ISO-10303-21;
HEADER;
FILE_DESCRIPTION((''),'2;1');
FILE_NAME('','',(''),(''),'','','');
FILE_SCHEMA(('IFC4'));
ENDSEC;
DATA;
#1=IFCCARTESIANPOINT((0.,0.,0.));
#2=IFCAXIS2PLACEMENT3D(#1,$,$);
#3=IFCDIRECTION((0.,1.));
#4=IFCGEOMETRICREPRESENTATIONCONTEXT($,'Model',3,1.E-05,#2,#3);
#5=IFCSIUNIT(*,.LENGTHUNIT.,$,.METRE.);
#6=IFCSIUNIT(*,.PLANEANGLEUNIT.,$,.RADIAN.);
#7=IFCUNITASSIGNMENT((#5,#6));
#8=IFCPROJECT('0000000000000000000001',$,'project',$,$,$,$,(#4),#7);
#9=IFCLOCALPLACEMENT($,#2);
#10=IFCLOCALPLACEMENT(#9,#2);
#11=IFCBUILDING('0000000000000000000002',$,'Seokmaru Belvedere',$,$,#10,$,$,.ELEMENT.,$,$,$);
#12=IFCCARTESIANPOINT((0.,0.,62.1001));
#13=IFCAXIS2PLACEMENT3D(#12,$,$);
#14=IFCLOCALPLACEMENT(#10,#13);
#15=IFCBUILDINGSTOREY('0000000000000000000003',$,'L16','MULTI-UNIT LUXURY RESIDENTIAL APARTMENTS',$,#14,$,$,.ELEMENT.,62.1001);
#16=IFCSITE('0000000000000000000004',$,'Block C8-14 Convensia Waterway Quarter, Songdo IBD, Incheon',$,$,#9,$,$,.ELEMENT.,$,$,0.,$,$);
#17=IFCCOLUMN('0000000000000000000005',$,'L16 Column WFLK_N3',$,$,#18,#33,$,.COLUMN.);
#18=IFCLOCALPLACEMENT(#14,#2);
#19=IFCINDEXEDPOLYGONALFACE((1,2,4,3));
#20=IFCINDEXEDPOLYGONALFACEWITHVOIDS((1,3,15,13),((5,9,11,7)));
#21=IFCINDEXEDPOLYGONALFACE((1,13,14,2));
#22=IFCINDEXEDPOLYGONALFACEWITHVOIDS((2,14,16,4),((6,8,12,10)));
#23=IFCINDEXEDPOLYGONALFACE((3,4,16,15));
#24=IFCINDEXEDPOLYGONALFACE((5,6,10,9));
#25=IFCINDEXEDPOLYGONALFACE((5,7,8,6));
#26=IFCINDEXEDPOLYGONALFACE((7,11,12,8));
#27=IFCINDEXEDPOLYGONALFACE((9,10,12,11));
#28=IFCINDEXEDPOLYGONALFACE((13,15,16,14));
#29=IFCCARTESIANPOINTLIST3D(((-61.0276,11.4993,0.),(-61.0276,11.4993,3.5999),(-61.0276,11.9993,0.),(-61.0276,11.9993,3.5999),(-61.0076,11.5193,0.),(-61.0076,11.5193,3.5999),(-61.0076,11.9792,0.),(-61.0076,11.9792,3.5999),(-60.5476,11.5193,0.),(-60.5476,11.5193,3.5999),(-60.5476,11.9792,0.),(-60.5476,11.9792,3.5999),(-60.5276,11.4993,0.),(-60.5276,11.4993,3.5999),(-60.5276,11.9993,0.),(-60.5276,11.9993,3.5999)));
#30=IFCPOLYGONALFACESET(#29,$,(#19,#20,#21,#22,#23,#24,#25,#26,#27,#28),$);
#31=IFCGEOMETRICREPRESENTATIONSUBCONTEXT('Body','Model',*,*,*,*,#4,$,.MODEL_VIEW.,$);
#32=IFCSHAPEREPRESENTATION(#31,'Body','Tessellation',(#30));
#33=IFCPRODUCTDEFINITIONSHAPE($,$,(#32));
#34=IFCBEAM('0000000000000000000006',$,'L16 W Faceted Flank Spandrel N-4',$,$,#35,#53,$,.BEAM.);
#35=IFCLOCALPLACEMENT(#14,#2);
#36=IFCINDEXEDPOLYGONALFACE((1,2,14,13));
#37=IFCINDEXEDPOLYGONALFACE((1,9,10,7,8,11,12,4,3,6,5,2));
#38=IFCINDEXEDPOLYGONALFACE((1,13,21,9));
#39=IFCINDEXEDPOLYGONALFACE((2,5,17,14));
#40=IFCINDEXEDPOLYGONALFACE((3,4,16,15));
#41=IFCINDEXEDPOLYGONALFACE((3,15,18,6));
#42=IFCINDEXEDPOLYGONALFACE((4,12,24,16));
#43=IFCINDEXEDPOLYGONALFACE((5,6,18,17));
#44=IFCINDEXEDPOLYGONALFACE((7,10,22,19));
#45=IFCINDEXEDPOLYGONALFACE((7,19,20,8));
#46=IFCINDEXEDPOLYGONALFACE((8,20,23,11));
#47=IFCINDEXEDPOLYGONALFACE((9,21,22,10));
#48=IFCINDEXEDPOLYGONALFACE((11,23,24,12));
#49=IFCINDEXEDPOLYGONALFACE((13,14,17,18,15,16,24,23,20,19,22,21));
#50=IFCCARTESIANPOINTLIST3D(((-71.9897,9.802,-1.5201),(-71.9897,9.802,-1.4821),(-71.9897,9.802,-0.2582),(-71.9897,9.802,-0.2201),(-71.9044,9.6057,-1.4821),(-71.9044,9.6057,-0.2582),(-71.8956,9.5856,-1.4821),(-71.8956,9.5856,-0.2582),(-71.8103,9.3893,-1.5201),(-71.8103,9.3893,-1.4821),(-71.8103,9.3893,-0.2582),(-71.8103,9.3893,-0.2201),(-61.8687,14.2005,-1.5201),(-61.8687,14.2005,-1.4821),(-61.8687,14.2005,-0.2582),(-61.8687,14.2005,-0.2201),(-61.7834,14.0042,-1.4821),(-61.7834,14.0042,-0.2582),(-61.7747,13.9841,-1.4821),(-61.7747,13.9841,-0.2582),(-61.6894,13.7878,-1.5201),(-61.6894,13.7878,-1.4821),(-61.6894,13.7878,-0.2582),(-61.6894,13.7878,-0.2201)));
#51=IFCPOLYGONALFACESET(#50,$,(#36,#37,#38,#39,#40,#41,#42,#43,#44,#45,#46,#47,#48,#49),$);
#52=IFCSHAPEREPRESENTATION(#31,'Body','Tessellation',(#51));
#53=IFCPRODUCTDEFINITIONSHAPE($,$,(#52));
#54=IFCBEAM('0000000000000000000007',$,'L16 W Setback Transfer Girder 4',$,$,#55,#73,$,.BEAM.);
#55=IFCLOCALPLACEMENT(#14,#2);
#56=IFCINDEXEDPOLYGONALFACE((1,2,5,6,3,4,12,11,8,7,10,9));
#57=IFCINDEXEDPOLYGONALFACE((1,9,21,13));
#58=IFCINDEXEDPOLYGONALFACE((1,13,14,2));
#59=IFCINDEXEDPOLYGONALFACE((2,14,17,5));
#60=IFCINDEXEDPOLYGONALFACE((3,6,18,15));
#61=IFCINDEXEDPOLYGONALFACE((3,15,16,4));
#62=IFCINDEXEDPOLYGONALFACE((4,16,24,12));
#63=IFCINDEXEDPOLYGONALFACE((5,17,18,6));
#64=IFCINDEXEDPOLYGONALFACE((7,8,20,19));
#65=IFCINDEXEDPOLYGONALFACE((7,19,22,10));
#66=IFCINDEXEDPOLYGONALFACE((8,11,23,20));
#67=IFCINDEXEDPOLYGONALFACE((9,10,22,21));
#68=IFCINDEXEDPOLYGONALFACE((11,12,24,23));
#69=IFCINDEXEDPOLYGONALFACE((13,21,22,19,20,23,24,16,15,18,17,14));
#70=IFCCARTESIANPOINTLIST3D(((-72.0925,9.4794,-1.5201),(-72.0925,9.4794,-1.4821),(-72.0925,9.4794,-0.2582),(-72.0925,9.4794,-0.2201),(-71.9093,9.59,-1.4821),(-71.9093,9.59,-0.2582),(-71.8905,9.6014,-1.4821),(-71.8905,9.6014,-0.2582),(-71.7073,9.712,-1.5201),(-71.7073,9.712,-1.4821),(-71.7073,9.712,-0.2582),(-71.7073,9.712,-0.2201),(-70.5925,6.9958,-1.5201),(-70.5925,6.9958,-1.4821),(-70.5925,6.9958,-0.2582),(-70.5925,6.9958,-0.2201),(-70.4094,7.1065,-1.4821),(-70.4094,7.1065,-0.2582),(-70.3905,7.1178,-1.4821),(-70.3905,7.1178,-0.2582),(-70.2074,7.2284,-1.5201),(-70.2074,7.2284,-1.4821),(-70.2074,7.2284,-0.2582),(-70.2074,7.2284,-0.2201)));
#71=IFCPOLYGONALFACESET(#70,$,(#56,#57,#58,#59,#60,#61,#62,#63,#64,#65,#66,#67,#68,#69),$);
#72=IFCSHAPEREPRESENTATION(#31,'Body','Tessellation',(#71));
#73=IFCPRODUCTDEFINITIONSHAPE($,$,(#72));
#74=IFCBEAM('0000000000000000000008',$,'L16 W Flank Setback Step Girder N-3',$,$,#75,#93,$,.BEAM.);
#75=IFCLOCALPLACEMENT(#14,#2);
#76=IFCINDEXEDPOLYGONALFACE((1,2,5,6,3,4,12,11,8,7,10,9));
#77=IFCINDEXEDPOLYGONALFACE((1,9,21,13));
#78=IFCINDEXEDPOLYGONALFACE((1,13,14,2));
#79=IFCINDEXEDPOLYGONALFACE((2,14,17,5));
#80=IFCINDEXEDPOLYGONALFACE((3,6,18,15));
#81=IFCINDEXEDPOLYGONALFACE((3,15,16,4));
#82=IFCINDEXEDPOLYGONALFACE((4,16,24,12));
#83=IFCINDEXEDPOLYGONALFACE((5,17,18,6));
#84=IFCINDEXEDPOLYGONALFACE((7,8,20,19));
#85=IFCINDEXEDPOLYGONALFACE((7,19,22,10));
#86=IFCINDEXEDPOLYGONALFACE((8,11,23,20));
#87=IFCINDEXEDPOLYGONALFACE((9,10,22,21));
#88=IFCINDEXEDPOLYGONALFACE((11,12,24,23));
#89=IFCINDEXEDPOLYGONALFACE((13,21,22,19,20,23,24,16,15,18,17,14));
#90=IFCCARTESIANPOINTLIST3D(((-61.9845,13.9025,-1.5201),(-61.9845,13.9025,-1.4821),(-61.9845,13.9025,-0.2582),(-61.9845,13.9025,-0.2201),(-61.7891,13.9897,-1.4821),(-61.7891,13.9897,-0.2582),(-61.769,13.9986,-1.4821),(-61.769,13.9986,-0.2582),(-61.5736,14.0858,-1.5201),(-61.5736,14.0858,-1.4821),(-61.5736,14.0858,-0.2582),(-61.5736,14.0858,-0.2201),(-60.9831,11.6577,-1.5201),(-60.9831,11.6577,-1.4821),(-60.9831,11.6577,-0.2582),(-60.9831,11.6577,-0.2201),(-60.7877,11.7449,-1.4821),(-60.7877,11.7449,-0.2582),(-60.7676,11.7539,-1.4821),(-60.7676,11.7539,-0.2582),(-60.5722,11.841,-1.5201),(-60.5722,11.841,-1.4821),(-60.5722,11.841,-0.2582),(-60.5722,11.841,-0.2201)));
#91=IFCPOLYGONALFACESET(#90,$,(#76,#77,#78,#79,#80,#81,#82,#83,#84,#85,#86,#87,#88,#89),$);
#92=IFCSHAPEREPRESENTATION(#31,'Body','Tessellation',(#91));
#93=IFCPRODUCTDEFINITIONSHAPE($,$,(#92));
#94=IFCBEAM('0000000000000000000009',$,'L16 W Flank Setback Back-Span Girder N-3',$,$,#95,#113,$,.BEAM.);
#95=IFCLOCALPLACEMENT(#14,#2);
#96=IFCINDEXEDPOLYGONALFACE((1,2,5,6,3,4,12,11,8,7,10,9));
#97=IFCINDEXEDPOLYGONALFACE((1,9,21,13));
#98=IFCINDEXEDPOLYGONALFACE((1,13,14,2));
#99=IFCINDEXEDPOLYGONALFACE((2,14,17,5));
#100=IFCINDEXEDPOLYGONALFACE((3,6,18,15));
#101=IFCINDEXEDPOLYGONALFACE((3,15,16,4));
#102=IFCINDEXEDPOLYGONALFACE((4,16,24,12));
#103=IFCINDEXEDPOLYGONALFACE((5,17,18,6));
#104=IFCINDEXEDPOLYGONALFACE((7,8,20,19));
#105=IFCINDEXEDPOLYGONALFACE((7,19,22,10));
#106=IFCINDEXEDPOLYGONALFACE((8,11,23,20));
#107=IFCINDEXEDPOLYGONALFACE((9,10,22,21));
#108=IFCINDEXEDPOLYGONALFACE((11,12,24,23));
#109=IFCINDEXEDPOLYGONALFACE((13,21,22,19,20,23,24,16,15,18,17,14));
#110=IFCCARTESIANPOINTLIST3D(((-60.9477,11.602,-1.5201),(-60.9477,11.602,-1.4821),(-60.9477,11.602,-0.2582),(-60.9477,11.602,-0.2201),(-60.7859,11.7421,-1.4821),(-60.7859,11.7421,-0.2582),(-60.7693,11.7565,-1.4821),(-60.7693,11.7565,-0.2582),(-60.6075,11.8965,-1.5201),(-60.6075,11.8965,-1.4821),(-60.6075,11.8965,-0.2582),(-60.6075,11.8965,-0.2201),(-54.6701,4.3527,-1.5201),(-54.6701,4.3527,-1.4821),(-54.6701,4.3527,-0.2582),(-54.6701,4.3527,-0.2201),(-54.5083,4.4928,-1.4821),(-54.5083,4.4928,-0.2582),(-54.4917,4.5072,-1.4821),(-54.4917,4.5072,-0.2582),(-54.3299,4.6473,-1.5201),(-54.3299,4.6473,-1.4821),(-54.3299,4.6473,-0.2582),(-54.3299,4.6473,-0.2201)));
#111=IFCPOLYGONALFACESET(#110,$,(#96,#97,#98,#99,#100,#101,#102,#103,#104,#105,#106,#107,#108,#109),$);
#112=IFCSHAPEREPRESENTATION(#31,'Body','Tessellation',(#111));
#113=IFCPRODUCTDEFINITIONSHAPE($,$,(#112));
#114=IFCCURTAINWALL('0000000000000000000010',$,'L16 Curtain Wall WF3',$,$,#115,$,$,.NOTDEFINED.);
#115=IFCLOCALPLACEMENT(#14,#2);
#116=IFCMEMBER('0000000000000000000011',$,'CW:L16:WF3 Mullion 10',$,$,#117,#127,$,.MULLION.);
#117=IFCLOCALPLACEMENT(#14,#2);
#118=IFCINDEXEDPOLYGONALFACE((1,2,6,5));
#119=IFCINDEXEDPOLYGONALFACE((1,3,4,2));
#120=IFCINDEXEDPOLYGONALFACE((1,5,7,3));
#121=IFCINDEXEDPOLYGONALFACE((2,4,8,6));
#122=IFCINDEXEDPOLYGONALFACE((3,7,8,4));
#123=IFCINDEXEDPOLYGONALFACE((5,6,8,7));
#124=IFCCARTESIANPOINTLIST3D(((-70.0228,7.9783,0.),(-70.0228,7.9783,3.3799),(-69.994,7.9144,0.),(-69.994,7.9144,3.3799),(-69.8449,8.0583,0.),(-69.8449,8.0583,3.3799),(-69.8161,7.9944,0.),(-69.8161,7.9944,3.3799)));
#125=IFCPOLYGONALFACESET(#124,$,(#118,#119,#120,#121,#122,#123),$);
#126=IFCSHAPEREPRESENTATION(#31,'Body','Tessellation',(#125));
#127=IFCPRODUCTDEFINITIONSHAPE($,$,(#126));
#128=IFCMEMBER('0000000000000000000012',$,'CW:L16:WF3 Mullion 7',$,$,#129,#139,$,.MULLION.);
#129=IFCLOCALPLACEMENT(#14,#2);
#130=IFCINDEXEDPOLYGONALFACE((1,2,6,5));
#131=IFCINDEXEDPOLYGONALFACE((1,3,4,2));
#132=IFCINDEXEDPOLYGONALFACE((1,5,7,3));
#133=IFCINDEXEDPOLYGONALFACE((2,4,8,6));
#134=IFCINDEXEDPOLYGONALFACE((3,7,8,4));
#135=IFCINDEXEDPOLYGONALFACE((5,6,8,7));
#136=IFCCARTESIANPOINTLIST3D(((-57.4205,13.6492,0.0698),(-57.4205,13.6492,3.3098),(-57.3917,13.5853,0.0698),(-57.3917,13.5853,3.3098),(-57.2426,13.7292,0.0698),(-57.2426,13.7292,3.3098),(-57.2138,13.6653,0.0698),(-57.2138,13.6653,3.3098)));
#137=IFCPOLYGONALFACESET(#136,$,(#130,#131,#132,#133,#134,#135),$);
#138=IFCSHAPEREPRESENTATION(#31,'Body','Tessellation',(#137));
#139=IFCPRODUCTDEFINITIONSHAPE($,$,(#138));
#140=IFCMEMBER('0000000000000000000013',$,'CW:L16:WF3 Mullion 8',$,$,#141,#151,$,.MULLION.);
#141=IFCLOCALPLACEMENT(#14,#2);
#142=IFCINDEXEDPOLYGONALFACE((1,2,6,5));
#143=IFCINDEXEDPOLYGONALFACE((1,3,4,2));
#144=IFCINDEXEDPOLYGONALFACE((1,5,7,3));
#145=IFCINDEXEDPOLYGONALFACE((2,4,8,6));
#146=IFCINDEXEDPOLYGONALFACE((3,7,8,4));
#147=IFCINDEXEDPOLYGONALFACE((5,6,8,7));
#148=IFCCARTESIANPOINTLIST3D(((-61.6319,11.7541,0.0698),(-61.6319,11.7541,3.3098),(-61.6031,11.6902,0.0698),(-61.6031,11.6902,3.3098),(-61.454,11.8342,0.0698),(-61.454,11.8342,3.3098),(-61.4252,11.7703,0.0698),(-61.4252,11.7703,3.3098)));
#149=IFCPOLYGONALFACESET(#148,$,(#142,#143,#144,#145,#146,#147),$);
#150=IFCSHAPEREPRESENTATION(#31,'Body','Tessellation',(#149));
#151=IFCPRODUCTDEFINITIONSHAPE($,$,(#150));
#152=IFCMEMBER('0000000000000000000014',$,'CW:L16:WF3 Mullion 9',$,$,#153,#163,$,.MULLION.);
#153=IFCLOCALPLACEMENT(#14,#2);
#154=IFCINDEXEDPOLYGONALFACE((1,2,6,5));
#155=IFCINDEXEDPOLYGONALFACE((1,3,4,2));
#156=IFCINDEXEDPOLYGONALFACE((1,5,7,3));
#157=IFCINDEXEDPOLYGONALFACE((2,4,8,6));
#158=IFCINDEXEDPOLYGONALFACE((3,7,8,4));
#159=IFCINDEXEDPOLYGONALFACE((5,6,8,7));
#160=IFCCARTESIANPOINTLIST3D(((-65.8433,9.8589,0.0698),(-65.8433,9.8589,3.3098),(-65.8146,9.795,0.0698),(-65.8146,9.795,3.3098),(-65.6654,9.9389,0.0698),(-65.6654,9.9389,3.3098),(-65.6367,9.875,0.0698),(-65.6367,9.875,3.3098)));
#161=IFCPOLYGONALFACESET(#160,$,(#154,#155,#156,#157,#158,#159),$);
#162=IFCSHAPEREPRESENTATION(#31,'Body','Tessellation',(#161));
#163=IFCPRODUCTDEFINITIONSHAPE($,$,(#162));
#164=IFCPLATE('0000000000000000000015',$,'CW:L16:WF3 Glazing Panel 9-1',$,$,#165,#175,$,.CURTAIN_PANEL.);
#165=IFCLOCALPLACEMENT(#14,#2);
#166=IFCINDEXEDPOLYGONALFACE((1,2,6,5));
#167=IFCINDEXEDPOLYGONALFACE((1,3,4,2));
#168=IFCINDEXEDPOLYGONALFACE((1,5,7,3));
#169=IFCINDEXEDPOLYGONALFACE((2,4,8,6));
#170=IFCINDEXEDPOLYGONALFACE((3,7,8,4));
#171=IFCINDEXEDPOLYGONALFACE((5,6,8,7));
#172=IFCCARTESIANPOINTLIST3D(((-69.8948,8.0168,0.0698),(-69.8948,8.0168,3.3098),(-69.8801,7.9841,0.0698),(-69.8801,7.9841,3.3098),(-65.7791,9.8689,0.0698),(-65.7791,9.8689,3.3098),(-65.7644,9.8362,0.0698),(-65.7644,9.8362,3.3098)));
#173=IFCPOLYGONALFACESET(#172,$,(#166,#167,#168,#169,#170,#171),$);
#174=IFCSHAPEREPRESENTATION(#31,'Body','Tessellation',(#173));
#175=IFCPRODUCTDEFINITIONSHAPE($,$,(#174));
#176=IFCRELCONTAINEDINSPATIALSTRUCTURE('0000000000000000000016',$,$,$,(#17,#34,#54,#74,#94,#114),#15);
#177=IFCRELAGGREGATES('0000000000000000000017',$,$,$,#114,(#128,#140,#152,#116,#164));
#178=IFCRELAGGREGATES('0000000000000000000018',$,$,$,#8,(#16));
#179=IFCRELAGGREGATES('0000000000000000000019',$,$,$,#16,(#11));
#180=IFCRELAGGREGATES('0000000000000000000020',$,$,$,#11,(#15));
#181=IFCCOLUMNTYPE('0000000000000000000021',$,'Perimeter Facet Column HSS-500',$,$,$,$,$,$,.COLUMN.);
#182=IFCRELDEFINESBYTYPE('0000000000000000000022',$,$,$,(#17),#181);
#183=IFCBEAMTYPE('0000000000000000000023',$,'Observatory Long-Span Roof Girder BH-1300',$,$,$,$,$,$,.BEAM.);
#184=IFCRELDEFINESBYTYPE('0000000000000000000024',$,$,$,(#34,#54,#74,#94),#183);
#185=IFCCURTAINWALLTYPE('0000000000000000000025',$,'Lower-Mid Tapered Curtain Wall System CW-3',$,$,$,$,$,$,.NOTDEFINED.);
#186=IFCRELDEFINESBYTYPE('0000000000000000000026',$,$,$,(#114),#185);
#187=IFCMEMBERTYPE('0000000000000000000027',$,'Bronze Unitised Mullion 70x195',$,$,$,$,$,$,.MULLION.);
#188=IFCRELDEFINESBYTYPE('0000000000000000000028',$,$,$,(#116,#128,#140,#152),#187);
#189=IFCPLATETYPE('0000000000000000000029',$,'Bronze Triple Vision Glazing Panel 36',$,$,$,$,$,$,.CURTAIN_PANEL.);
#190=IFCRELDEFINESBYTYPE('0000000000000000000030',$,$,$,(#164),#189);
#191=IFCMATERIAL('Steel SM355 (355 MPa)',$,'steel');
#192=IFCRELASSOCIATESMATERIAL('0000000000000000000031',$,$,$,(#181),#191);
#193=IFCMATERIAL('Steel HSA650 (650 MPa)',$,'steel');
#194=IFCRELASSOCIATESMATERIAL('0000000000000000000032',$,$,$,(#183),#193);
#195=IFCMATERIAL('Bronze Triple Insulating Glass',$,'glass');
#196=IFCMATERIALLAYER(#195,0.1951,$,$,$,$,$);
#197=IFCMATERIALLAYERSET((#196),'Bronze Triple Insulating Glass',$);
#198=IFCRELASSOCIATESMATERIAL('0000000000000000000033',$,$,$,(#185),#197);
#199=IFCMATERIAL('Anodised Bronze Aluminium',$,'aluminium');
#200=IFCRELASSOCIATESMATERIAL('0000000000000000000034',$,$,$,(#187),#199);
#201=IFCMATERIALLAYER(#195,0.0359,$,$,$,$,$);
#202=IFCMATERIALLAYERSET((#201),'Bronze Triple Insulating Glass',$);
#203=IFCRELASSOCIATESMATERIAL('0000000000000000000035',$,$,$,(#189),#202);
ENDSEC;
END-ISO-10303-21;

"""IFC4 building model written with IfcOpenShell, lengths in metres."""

from ifc_helpers import new_model, si_unit, direction, frame, origin, origin_2d, place, context, subcontext, project, spatial, rectangle, hollow_rectangle, i_section, extrude, source, transform, mapped, material, layer, layer_set, material_profile, profile_set, type_object, type_shapes, element, aggregate, save


model = new_model("IFC4")

# Units and contexts
model_context = context("Model", 3, precision=1e-05, world=origin(), true_north=direction((0.0, 1.0)))
body_context = subcontext(model_context, "Body", "Model", "MODEL_VIEW")
ifc_project = project(units=[si_unit("LENGTHUNIT", "METRE"), si_unit("PLANEANGLEUNIT", "RADIAN")], contexts=[model_context])

# Site, building, storey
site_placement = place(None, origin())
site = spatial("IfcSite", under=ifc_project, at=site_placement, Name="Block C8-14 Convensia Waterway Quarter, Songdo IBD, Incheon", CompositionType="ELEMENT", RefElevation=0.0)
building_placement = place(site_placement, origin())
building = spatial("IfcBuilding", under=site, at=building_placement, Name="Seokmaru Belvedere", CompositionType="ELEMENT")
storey_placement = place(building_placement, frame((0.0, 0.0, 62.1001)))
storey = spatial("IfcBuildingStorey", under=building, at=storey_placement, Name="L16", Description="MULTI-UNIT LUXURY RESIDENTIAL APARTMENTS", CompositionType="ELEMENT", Elevation=62.1001)

# Column
ifc_material_1 = material(Name="Steel SM355 (355 MPa)", Category="steel")
ifc_material_profile_1 = material_profile(ifc_material_1, hollow_rectangle(XDim=0.5, YDim=0.5, WallThickness=0.02, at=origin_2d()), Name="HSS-500x500x20")
ifc_profile_set_1 = profile_set([ifc_material_profile_1], Name="Steel SM355 (355 MPa)")
column_type = type_object("IfcColumnType", Name="Perimeter Facet Column HSS-500", PredefinedType="COLUMN", material=ifc_profile_set_1)
shared_shape_1 = source(origin(), body_context, "Body", "SweptSolid", [
    extrude(hollow_rectangle(XDim=0.5, YDim=0.5, WallThickness=0.02, at=origin_2d()), origin(), (0.0, 0.0, 1.0), 3.5999),
])
type_shapes(column_type, [shared_shape_1])
column_placement = place(storey_placement, frame((-60.7776, 11.7493, 0.0), z_axis=(0.0, 0.0, 1.0), x_axis=(1.0, 0.0, 0.0)))
element("IfcColumn", 1, at=column_placement, inside=storey, type_object=column_type, Name="L16 Column WFLK_N3", PredefinedType="COLUMN", context=body_context, shape_type="MappedRepresentation", body=[
    mapped(shared_shape_1, transform((0.0, 0.0, 0.0), scale=1.0)),
])

# Beams
ifc_material_2 = material(Name="Steel HSA650 (650 MPa)", Category="steel")
ifc_material_profile_2 = material_profile(ifc_material_2, i_section(OverallWidth=0.45, OverallDepth=1.3, WebThickness=0.022, FlangeThickness=0.0381, at=origin_2d()), Name="BH-1300x450x22x38")
ifc_profile_set_2 = profile_set([ifc_material_profile_2], Name="Steel HSA650 (650 MPa)")
beam_type = type_object("IfcBeamType", Name="Observatory Long-Span Roof Girder BH-1300", PredefinedType="BEAM", material=ifc_profile_set_2)
shared_shape_2 = source(origin(), body_context, "Body", "SweptSolid", [
    extrude(i_section(OverallWidth=0.45, OverallDepth=1.3, WebThickness=0.022, FlangeThickness=0.0381, at=origin_2d()), origin(), (0.0, 0.0, 1.0), 11.0354),
])
beam_1_placement = place(storey_placement, frame((-61.7791, 13.9941, -0.8701), z_axis=(-0.917134, -0.398579, 0.0), x_axis=(0.398579, -0.917134, 0.0)))
element("IfcBeam", 2, at=beam_1_placement, inside=storey, type_object=beam_type, Name="L16 W Faceted Flank Spandrel N-4", PredefinedType="BEAM", context=body_context, shape_type="MappedRepresentation", body=[
    mapped(shared_shape_2, transform((0.0, 0.0, 0.0), scale=1.0)),
])
shared_shape_3 = source(origin(), body_context, "Body", "SweptSolid", [
    extrude(i_section(OverallWidth=0.45, OverallDepth=1.3, WebThickness=0.022, FlangeThickness=0.0381, at=origin_2d()), origin(), (0.0, 0.0, 1.0), 2.9014),
])
beam_2_placement = place(storey_placement, frame((-71.8999, 9.5957, -0.8701), z_axis=(0.516981, -0.855997, 0.0), x_axis=(0.855997, 0.516981, 0.0)))
element("IfcBeam", 3, at=beam_2_placement, inside=storey, type_object=beam_type, Name="L16 W Setback Transfer Girder 4", PredefinedType="BEAM", context=body_context, shape_type="MappedRepresentation", body=[
    mapped(shared_shape_3, transform((0.0, 0.0, 0.0), scale=1.0)),
])
shared_shape_4 = source(origin(), body_context, "Body", "SweptSolid", [
    extrude(i_section(OverallWidth=0.45, OverallDepth=1.3, WebThickness=0.022, FlangeThickness=0.0381, at=origin_2d()), origin(), (0.0, 0.0, 1.0), 2.458),
])
beam_3_placement = place(storey_placement, frame((-61.7791, 13.9941, -0.8701), z_axis=(0.40741, -0.913245, 0.0), x_axis=(0.913245, 0.40741, 0.0)))
element("IfcBeam", 4, at=beam_3_placement, inside=storey, type_object=beam_type, Name="L16 W Flank Setback Step Girder N-3", PredefinedType="BEAM", context=body_context, shape_type="MappedRepresentation", body=[
    mapped(shared_shape_4, transform((0.0, 0.0, 0.0), scale=1.0)),
])
shared_shape_5 = source(origin(), body_context, "Body", "SweptSolid", [
    extrude(i_section(OverallWidth=0.45, OverallDepth=1.3, WebThickness=0.022, FlangeThickness=0.0381, at=origin_2d()), origin(), (0.0, 0.0, 1.0), 9.5896),
])
type_shapes(beam_type, [shared_shape_2, shared_shape_3, shared_shape_4, shared_shape_5])
beam_4_placement = place(storey_placement, frame((-60.7776, 11.7493, -0.8701), z_axis=(0.654626, -0.755953, 0.0), x_axis=(0.755953, 0.654626, 0.0)))
element("IfcBeam", 5, at=beam_4_placement, inside=storey, type_object=beam_type, Name="L16 W Flank Setback Back-Span Girder N-3", PredefinedType="BEAM", context=body_context, shape_type="MappedRepresentation", body=[
    mapped(shared_shape_5, transform((0.0, 0.0, 0.0), scale=1.0)),
])

# Curtain wall, members, plate
ifc_material_3 = material(Name="Bronze Triple Insulating Glass", Category="glass")
ifc_layer_1 = layer(ifc_material_3, 0.1951)
ifc_layer_set_1 = layer_set([ifc_layer_1], Name="Bronze Triple Insulating Glass")
curtain_wall_type = type_object("IfcCurtainWallType", Name="Lower-Mid Tapered Curtain Wall System CW-3", PredefinedType="NOTDEFINED", material=ifc_layer_set_1)
curtain_wall_placement = place(storey_placement, origin())
curtain_wall = element("IfcCurtainWall", 6, at=curtain_wall_placement, inside=storey, type_object=curtain_wall_type, Name="L16 Curtain Wall WF3", PredefinedType="NOTDEFINED")
ifc_material_4 = material(Name="Anodised Bronze Aluminium", Category="aluminium")
ifc_material_profile_3 = material_profile(ifc_material_4, rectangle(XDim=0.0701, YDim=0.1951, at=origin_2d()), Name="CW-M-70x195")
ifc_profile_set_3 = profile_set([ifc_material_profile_3], Name="Anodised Bronze Aluminium")
member_type = type_object("IfcMemberType", Name="Bronze Unitised Mullion 70x195", PredefinedType="MULLION", material=ifc_profile_set_3)
shared_shape_6 = source(origin(), body_context, "Body", "SweptSolid", [
    extrude(rectangle(XDim=0.0701, YDim=0.1951, at=origin_2d()), origin(), (0.0, 0.0, 1.0), 3.3799),
])
member_1_placement = place(storey_placement, frame((-69.9194, 7.9863, 0.0), z_axis=(0.0, 0.0, 1.0), x_axis=(0.410366, -0.911921, 0.0)))
member_1 = element("IfcMember", 7, at=member_1_placement, type_object=member_type, Name="CW:L16:WF3 Mullion 10", PredefinedType="MULLION", context=body_context, shape_type="MappedRepresentation", body=[
    mapped(shared_shape_6, transform((0.0, 0.0, 0.0), scale=1.0)),
])
shared_shape_7 = source(origin(), body_context, "Body", "SweptSolid", [
    extrude(rectangle(XDim=0.0701, YDim=0.1951, at=origin_2d()), origin(), (0.0, 0.0, 1.0), 3.24),
])
type_shapes(member_type, [shared_shape_6, shared_shape_7])
member_2_placement = place(storey_placement, frame((-57.3171, 13.6572, 0.0698), z_axis=(0.0, 0.0, 1.0), x_axis=(0.410366, -0.911921, 0.0)))
member_2 = element("IfcMember", 8, at=member_2_placement, type_object=member_type, Name="CW:L16:WF3 Mullion 7", PredefinedType="MULLION", context=body_context, shape_type="MappedRepresentation", body=[
    mapped(shared_shape_7, transform((0.0, 0.0, 0.0), scale=1.0)),
])
member_3_placement = place(storey_placement, frame((-61.5286, 11.7622, 0.0698), z_axis=(0.0, 0.0, 1.0), x_axis=(0.410366, -0.911921, 0.0)))
member_3 = element("IfcMember", 9, at=member_3_placement, type_object=member_type, Name="CW:L16:WF3 Mullion 8", PredefinedType="MULLION", context=body_context, shape_type="MappedRepresentation", body=[
    mapped(shared_shape_7, transform((0.0, 0.0, 0.0), scale=1.0)),
])
member_4_placement = place(storey_placement, frame((-65.74, 9.8669, 0.0698), z_axis=(0.0, 0.0, 1.0), x_axis=(0.410366, -0.911921, 0.0)))
member_4 = element("IfcMember", 10, at=member_4_placement, type_object=member_type, Name="CW:L16:WF3 Mullion 9", PredefinedType="MULLION", context=body_context, shape_type="MappedRepresentation", body=[
    mapped(shared_shape_7, transform((0.0, 0.0, 0.0), scale=1.0)),
])
ifc_layer_2 = layer(ifc_material_3, 0.0359)
ifc_layer_set_2 = layer_set([ifc_layer_2], Name="Bronze Triple Insulating Glass")
plate_type = type_object("IfcPlateType", Name="Bronze Triple Vision Glazing Panel 36", PredefinedType="CURTAIN_PANEL", material=ifc_layer_set_2)
shared_shape_8 = source(origin(), body_context, "Body", "SweptSolid", [
    extrude(rectangle(XDim=4.5132, YDim=0.0359, at=origin_2d()), origin(), (0.0, 0.0, 1.0), 3.24),
])
plate_1_placement = place(storey_placement, frame((-67.8296, 8.9265, 0.0698), z_axis=(0.0, 0.0, 1.0), x_axis=(-0.911921, -0.410366, 0.0)))
plate_1 = element("IfcPlate", 11, at=plate_1_placement, type_object=plate_type, Name="CW:L16:WF3 Glazing Panel 9-1", PredefinedType="CURTAIN_PANEL", context=body_context, shape_type="MappedRepresentation", body=[
    mapped(shared_shape_8, transform((0.0, 0.0, 0.0), scale=1.0)),
])
aggregate(curtain_wall, [member_2, member_3, member_4, member_1, plate_1])

save(model, "model.ifc")
